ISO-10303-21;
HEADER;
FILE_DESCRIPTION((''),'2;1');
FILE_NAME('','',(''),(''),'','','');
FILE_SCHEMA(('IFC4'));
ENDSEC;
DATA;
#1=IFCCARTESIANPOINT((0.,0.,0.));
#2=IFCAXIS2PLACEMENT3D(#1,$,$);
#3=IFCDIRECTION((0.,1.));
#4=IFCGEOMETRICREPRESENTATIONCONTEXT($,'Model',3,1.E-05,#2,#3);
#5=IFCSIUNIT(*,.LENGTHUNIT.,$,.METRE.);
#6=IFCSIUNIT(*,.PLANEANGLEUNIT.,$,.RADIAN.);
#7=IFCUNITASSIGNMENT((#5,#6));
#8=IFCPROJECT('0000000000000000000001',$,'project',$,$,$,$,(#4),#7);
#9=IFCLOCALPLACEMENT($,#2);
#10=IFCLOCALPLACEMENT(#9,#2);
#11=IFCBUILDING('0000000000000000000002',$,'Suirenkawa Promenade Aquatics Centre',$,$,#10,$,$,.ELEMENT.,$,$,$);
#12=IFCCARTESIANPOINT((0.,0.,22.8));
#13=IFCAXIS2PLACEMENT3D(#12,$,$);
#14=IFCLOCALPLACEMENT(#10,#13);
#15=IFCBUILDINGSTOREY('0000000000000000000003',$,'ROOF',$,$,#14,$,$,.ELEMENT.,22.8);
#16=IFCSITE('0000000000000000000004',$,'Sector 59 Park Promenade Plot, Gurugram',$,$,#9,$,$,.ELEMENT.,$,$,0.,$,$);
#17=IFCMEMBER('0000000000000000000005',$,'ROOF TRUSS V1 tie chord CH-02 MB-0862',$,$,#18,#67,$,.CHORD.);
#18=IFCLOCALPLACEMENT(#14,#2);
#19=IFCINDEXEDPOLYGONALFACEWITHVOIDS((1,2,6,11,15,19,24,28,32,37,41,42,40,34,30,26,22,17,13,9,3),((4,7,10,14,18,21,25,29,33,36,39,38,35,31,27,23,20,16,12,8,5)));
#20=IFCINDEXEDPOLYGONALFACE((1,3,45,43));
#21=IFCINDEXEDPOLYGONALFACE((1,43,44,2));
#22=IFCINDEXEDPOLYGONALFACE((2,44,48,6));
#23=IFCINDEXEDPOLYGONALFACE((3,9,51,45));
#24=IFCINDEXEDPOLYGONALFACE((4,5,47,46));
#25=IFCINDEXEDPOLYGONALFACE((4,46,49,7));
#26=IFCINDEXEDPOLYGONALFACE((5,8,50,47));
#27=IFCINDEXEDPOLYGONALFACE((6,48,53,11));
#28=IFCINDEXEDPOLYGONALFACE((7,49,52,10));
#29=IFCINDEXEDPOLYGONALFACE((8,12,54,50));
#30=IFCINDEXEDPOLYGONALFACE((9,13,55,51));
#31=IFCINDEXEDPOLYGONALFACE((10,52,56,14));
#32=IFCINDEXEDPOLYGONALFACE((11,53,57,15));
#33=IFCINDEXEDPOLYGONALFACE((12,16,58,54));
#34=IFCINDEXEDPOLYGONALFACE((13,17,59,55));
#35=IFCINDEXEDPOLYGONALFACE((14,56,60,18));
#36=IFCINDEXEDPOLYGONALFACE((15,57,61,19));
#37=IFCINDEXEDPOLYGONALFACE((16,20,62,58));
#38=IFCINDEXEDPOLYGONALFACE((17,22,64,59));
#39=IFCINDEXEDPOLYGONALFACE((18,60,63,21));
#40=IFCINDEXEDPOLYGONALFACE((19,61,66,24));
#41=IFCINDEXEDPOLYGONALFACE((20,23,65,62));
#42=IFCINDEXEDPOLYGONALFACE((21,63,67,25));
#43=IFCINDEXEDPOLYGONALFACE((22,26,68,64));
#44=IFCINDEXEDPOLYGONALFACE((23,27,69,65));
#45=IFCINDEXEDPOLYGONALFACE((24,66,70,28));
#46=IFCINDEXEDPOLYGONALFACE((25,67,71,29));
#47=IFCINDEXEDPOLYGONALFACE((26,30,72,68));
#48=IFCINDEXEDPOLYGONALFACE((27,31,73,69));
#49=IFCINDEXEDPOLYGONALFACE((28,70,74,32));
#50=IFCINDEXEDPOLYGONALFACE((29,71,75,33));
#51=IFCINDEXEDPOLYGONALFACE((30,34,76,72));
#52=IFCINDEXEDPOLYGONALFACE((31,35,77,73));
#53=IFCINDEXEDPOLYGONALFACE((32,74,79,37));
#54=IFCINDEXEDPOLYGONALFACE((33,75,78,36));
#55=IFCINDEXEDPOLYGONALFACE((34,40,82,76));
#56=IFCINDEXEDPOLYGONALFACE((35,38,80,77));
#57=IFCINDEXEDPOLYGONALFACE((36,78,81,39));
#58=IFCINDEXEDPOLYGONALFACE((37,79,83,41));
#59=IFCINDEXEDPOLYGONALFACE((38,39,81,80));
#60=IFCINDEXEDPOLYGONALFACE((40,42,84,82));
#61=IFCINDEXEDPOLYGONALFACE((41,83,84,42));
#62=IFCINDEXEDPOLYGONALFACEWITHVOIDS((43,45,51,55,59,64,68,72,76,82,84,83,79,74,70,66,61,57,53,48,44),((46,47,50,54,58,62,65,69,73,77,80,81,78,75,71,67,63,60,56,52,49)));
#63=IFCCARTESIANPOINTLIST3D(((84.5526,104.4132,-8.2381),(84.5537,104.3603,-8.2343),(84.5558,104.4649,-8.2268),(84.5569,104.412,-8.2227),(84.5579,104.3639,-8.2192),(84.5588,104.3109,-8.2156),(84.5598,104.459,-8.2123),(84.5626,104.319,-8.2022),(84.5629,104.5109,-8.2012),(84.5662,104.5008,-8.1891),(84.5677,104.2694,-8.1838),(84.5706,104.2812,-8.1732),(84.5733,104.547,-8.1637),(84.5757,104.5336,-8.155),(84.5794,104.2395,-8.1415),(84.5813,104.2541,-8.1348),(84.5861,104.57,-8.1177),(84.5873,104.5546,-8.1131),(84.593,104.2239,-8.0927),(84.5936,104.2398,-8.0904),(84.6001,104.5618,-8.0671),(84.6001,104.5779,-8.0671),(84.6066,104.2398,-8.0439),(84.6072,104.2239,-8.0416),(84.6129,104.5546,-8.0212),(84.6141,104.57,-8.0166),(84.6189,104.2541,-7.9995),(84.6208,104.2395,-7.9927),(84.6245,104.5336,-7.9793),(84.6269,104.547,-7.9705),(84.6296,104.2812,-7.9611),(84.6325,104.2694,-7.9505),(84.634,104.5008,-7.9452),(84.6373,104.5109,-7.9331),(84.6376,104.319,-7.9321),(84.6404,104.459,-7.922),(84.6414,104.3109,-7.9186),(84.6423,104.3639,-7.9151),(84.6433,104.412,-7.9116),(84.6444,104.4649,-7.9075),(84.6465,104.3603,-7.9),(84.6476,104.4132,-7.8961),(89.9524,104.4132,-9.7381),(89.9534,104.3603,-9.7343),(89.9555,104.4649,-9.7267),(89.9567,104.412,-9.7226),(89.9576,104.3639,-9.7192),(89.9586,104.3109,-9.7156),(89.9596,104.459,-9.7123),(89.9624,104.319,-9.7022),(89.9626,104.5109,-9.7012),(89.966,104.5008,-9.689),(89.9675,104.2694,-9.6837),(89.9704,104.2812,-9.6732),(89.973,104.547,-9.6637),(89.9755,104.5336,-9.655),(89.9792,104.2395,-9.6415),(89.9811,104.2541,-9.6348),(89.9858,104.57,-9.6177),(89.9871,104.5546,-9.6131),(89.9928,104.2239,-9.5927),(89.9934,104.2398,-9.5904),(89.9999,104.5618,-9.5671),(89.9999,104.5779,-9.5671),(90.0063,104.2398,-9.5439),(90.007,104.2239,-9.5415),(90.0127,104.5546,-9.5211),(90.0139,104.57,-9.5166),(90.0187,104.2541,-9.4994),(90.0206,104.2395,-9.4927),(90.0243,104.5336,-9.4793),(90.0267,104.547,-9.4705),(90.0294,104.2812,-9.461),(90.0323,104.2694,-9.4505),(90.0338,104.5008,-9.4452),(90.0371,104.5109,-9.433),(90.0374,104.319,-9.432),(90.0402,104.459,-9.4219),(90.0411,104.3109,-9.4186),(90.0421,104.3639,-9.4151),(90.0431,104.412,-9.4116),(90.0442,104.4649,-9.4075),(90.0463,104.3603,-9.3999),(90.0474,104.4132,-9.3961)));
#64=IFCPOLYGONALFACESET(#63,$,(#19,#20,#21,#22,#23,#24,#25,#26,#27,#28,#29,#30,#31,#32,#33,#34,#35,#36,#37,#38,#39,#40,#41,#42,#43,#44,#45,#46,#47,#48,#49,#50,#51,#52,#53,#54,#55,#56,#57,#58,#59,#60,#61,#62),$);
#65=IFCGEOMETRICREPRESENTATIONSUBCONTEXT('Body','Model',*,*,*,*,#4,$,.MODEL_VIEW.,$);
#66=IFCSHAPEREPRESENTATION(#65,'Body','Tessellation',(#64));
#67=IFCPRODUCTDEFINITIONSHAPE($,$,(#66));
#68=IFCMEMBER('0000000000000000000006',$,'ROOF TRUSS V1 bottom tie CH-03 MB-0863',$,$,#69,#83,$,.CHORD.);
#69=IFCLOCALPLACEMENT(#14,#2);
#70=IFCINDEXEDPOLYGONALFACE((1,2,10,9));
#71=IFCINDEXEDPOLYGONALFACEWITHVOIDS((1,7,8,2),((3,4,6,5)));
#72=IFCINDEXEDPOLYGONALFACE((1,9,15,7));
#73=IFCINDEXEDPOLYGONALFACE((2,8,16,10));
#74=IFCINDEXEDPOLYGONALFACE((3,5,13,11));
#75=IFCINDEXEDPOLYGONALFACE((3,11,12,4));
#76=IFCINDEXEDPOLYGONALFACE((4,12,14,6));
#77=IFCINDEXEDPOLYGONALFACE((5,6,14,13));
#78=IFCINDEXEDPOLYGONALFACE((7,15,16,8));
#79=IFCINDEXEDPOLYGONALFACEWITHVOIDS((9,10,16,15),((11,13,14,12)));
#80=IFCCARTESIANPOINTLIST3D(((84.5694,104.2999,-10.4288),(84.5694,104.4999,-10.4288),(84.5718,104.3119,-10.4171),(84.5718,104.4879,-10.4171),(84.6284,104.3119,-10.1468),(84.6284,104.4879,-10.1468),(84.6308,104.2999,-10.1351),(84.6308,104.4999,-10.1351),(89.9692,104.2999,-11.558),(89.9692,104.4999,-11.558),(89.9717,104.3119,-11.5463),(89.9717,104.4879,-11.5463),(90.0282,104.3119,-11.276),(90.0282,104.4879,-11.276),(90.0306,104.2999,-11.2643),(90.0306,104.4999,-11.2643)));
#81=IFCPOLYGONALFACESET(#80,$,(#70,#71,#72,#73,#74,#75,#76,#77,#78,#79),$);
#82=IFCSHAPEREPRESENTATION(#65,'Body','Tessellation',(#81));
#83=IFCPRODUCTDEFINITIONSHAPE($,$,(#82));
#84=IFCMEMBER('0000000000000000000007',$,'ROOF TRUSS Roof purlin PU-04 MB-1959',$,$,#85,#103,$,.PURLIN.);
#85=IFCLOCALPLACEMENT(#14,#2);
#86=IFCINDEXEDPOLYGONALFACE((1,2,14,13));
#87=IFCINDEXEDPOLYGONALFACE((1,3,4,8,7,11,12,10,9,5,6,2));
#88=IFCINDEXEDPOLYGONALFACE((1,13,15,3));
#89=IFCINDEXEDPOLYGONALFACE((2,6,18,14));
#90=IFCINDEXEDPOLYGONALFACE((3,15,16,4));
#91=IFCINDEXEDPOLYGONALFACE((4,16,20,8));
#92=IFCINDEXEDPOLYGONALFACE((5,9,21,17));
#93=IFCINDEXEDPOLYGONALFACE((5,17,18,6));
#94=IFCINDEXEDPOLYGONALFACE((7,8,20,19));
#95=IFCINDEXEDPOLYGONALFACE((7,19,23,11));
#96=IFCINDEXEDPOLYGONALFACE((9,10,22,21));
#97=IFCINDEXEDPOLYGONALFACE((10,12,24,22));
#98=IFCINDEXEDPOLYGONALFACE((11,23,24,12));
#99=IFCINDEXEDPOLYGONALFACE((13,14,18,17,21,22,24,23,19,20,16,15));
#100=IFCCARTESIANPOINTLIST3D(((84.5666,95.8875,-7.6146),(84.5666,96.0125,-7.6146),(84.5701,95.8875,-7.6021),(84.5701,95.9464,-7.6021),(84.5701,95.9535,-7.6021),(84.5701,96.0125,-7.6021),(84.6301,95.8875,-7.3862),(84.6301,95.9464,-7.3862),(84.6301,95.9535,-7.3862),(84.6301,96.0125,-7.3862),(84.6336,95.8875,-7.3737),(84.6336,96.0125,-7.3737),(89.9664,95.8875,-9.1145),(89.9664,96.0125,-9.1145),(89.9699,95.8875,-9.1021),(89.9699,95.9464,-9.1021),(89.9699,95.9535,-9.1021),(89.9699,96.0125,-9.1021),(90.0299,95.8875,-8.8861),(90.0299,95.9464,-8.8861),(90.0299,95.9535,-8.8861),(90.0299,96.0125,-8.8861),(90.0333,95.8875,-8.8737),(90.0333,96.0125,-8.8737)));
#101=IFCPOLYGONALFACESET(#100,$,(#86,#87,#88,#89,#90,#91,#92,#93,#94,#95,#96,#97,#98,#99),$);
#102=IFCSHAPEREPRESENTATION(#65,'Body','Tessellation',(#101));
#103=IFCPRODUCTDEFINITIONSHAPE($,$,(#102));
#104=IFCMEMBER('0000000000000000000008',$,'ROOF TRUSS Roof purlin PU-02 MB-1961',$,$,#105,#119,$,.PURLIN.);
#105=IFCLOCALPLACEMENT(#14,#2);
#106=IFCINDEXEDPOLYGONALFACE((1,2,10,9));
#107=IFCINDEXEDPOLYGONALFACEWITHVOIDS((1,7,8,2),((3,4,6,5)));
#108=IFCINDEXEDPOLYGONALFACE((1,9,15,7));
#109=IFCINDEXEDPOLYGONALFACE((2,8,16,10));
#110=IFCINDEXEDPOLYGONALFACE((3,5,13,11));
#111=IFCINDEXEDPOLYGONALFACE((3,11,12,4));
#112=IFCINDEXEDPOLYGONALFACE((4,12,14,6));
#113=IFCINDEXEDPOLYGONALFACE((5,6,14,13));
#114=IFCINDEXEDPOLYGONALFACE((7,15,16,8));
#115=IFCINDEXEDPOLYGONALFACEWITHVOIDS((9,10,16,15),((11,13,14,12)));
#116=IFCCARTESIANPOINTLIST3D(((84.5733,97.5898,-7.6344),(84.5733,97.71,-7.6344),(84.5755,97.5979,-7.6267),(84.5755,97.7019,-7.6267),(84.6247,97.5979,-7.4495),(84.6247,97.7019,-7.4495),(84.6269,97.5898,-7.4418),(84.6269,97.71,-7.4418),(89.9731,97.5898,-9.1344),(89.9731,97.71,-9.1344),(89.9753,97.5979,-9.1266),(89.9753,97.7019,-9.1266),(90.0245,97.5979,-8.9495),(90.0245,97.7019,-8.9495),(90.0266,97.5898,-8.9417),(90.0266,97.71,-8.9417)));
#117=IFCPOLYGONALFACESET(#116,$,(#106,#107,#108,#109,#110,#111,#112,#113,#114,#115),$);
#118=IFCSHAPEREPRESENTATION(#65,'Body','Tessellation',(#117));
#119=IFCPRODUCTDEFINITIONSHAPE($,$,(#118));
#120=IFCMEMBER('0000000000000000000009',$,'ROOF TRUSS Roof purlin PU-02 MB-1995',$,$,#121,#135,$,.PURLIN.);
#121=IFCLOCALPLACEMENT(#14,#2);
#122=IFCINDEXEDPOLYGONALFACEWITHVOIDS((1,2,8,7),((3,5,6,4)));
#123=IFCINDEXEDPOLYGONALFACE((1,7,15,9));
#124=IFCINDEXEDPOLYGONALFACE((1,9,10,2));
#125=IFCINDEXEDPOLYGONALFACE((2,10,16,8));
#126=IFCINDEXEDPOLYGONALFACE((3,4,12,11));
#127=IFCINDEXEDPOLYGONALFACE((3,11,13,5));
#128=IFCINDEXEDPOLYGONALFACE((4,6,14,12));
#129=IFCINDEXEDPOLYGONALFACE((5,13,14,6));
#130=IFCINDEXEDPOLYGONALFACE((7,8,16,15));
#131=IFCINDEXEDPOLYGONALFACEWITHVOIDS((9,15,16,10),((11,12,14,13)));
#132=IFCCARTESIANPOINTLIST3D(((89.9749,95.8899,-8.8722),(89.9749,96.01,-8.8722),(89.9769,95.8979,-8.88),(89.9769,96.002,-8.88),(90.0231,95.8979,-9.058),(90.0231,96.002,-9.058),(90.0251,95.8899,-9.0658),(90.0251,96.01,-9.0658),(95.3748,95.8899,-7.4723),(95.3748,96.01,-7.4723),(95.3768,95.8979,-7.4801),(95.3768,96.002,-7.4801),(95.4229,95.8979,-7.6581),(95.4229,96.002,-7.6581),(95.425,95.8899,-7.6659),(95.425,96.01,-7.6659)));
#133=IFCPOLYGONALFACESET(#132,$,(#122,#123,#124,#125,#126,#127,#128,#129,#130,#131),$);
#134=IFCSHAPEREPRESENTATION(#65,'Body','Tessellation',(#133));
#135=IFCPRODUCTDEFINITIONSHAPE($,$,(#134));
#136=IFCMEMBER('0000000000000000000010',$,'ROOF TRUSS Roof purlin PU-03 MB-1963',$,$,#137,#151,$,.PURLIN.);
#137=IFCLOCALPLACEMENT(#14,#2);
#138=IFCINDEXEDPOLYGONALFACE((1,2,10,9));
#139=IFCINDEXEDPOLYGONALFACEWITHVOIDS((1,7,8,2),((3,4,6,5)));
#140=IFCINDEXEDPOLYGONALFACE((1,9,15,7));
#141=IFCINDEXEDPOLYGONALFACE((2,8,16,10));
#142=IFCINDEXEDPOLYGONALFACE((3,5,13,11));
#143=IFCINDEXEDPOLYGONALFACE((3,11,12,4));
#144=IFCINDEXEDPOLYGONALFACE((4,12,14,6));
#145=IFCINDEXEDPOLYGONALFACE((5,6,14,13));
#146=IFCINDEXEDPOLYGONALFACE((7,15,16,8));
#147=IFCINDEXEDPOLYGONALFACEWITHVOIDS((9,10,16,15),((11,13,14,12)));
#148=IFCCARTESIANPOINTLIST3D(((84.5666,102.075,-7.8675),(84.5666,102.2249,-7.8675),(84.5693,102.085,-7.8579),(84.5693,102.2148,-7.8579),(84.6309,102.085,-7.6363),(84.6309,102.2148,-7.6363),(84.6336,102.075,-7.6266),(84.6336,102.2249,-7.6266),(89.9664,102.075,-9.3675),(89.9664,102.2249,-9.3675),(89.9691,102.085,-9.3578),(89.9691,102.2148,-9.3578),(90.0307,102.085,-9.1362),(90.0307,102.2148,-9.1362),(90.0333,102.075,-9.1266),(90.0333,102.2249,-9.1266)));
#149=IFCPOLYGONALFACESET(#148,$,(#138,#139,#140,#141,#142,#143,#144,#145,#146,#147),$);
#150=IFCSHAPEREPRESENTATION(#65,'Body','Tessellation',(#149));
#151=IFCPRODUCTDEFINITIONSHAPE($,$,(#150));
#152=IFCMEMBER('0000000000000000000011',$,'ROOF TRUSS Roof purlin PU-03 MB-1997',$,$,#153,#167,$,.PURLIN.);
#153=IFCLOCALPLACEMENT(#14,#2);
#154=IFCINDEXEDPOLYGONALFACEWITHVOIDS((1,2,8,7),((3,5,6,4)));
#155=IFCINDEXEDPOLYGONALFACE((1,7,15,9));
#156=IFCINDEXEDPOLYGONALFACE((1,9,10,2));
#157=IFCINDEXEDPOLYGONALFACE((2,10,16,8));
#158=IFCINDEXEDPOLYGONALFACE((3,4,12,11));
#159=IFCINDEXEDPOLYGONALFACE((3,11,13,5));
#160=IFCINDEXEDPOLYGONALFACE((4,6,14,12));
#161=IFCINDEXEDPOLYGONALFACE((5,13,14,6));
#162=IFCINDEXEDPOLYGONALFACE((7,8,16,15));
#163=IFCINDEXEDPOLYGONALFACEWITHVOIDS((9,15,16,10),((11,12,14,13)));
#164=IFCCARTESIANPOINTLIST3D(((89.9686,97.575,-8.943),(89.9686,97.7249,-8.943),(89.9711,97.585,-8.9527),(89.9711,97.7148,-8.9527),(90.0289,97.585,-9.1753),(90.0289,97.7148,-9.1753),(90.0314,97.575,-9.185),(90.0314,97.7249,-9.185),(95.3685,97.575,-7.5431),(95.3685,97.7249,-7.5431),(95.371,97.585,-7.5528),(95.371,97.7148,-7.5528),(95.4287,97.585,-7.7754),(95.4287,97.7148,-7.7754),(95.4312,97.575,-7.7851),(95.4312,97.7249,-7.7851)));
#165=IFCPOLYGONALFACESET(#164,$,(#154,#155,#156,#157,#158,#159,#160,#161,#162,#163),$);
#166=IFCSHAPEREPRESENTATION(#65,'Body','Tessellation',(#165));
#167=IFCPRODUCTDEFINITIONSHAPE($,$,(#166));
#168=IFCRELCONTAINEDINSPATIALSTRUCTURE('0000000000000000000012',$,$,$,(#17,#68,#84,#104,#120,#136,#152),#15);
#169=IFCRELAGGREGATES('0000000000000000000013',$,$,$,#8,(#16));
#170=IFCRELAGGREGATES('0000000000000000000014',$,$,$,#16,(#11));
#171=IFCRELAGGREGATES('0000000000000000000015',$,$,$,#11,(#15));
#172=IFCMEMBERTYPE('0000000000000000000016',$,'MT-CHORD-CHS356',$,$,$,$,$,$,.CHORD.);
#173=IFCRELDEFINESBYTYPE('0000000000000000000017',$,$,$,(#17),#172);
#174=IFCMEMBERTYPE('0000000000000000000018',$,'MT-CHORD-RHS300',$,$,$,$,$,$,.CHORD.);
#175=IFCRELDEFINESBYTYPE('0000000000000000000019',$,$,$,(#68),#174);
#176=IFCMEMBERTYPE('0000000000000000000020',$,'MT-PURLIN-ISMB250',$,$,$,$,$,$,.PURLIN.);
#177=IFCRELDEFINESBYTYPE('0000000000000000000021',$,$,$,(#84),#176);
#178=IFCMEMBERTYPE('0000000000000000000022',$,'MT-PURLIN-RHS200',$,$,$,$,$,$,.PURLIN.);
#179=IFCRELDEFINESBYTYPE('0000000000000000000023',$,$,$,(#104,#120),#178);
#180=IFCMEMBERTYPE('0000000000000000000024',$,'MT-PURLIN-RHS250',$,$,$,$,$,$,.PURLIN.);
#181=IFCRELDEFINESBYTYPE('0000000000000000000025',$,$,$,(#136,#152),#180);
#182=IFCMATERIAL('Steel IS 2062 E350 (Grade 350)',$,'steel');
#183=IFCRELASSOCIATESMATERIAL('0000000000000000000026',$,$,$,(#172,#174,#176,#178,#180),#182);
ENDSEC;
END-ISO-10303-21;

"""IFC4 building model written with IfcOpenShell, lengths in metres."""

from ifc_helpers import new_model, si_unit, direction, frame, origin, origin_2d, place, context, subcontext, project, spatial, hollow_rectangle, hollow_circle, i_section, extrude, material, material_profile, profile_set, type_object, element, save


model = new_model("IFC4")

# Units and contexts
model_context = context("Model", 3, precision=1e-05, world=origin(), true_north=direction((0.0, 1.0)))
body_context = subcontext(model_context, "Body", "Model", "MODEL_VIEW")
ifc_project = project(units=[si_unit("LENGTHUNIT", "METRE"), si_unit("PLANEANGLEUNIT", "RADIAN")], contexts=[model_context])

# Site, building, storey
site_placement = place(None, origin())
site = spatial("IfcSite", under=ifc_project, at=site_placement, Name="Sector 59 Park Promenade Plot, Gurugram", CompositionType="ELEMENT", RefElevation=0.0)
building_placement = place(site_placement, origin())
building = spatial("IfcBuilding", under=site, at=building_placement, Name="Suirenkawa Promenade Aquatics Centre", CompositionType="ELEMENT")
storey_placement = place(building_placement, frame((0.0, 0.0, 22.8)))
storey = spatial("IfcBuildingStorey", under=building, at=storey_placement, Name="ROOF", CompositionType="ELEMENT", Elevation=22.8)

# Shared definitions
ifc_material_1 = material(Name="Steel IS 2062 E350 (Grade 350)", Category="steel")

# Members
ifc_material_profile_1 = material_profile(ifc_material_1, hollow_circle(Radius=0.178, WallThickness=0.0161, at=origin_2d()), Name="CHS 356x16", Category="steel")
ifc_profile_set_1 = profile_set([ifc_material_profile_1], Name="Steel IS 2062 E350 (Grade 350)")
member_type_1 = type_object("IfcMemberType", Name="MT-CHORD-CHS356", PredefinedType="CHORD", material=ifc_profile_set_1)
member_1_placement = place(storey_placement, frame((84.6001, 104.3999, -8.0671), z_axis=(0.963517, 0.0, -0.267648), x_axis=(0.0, 1.0, 0.0)))
element("IfcMember", 1, at=member_1_placement, inside=storey, type_object=member_type_1, Name="ROOF TRUSS V1 tie chord CH-02 MB-0862", PredefinedType="CHORD", context=body_context, shape_type="SweptSolid", body=[
    extrude(hollow_circle(Radius=0.178, WallThickness=0.0161, at=origin_2d()), origin(), (0.0, 0.0, 1.0), 5.6042),
])
ifc_material_profile_2 = material_profile(ifc_material_1, hollow_rectangle(XDim=0.2, YDim=0.3, WallThickness=0.012, at=origin_2d()), Name="RHS 300x200x12", Category="steel")
ifc_profile_set_2 = profile_set([ifc_material_profile_2], Name="Steel IS 2062 E350 (Grade 350)")
member_type_2 = type_object("IfcMemberType", Name="MT-CHORD-RHS300", PredefinedType="CHORD", material=ifc_profile_set_2)
member_2_placement = place(storey_placement, frame((84.6001, 104.3999, -10.282), z_axis=(0.978829, 0.0, -0.204679), x_axis=(0.0, 1.0, 0.0)))
element("IfcMember", 2, at=member_2_placement, inside=storey, type_object=member_type_2, Name="ROOF TRUSS V1 bottom tie CH-03 MB-0863", PredefinedType="CHORD", context=body_context, shape_type="SweptSolid", body=[
    extrude(hollow_rectangle(XDim=0.2, YDim=0.3, WallThickness=0.012, at=origin_2d()), origin(), (0.0, 0.0, 1.0), 5.5166),
])
ifc_material_profile_3 = material_profile(ifc_material_1, i_section(OverallWidth=0.125, OverallDepth=0.25, WebThickness=0.0071, FlangeThickness=0.0129, at=origin_2d()), Name="ISMB 250", Category="steel")
ifc_profile_set_3 = profile_set([ifc_material_profile_3], Name="Steel IS 2062 E350 (Grade 350)")
member_type_3 = type_object("IfcMemberType", Name="MT-PURLIN-ISMB250", PredefinedType="PURLIN", material=ifc_profile_set_3)
member_3_placement = place(storey_placement, frame((84.6001, 95.95, -7.4941), z_axis=(0.963517, 0.0, -0.267648), x_axis=(0.0, 1.0, 0.0)))
element("IfcMember", 3, at=member_3_placement, inside=storey, type_object=member_type_3, Name="ROOF TRUSS Roof purlin PU-04 MB-1959", PredefinedType="PURLIN", context=body_context, shape_type="SweptSolid", body=[
    extrude(i_section(OverallWidth=0.125, OverallDepth=0.25, WebThickness=0.0071, FlangeThickness=0.0129, at=origin_2d()), origin(), (0.0, 0.0, 1.0), 5.6042),
])
ifc_material_profile_4 = material_profile(ifc_material_1, hollow_rectangle(XDim=0.1201, YDim=0.2, WallThickness=0.0081, at=origin_2d()), Name="RHS 200x120x8", Category="steel")
ifc_profile_set_4 = profile_set([ifc_material_profile_4], Name="Steel IS 2062 E350 (Grade 350)")
member_type_4 = type_object("IfcMemberType", Name="MT-PURLIN-RHS200", PredefinedType="PURLIN", material=ifc_profile_set_4)
member_4_placement = place(storey_placement, frame((84.6001, 97.6499, -7.5381), z_axis=(0.963517, 0.0, -0.267648), x_axis=(0.0, 1.0, 0.0)))
element("IfcMember", 4, at=member_4_placement, inside=storey, type_object=member_type_4, Name="ROOF TRUSS Roof purlin PU-02 MB-1961", PredefinedType="PURLIN", context=body_context, shape_type="SweptSolid", body=[
    extrude(hollow_rectangle(XDim=0.1201, YDim=0.2, WallThickness=0.0081, at=origin_2d()), origin(), (0.0, 0.0, 1.0), 5.6042),
])
member_5_placement = place(storey_placement, frame((90.0, 95.95, -8.969), z_axis=(0.968, 0.0, 0.25095), x_axis=(0.0, 1.0, 0.0)))
element("IfcMember", 5, at=member_5_placement, inside=storey, type_object=member_type_4, Name="ROOF TRUSS Roof purlin PU-02 MB-1995", PredefinedType="PURLIN", context=body_context, shape_type="SweptSolid", body=[
    extrude(hollow_rectangle(XDim=0.1201, YDim=0.2, WallThickness=0.0081, at=origin_2d()), origin(), (0.0, 0.0, 1.0), 5.5784),
])
ifc_material_profile_5 = material_profile(ifc_material_1, hollow_rectangle(XDim=0.1499, YDim=0.25, WallThickness=0.01, at=origin_2d()), Name="RHS 250x150x10", Category="steel")
ifc_profile_set_5 = profile_set([ifc_material_profile_5], Name="Steel IS 2062 E350 (Grade 350)")
member_type_5 = type_object("IfcMemberType", Name="MT-PURLIN-RHS250", PredefinedType="PURLIN", material=ifc_profile_set_5)
member_6_placement = place(storey_placement, frame((84.6001, 102.1499, -7.7471), z_axis=(0.963517, 0.0, -0.267648), x_axis=(0.0, 1.0, 0.0)))
element("IfcMember", 6, at=member_6_placement, inside=storey, type_object=member_type_5, Name="ROOF TRUSS Roof purlin PU-03 MB-1963", PredefinedType="PURLIN", context=body_context, shape_type="SweptSolid", body=[
    extrude(hollow_rectangle(XDim=0.1499, YDim=0.25, WallThickness=0.01, at=origin_2d()), origin(), (0.0, 0.0, 1.0), 5.6042),
])
member_7_placement = place(storey_placement, frame((90.0, 97.6499, -9.064), z_axis=(0.968, 0.0, 0.25095), x_axis=(0.0, 1.0, 0.0)))
element("IfcMember", 7, at=member_7_placement, inside=storey, type_object=member_type_5, Name="ROOF TRUSS Roof purlin PU-03 MB-1997", PredefinedType="PURLIN", context=body_context, shape_type="SweptSolid", body=[
    extrude(hollow_rectangle(XDim=0.1499, YDim=0.25, WallThickness=0.01, at=origin_2d()), origin(), (0.0, 0.0, 1.0), 5.5784),
])

save(model, "model.ifc")
